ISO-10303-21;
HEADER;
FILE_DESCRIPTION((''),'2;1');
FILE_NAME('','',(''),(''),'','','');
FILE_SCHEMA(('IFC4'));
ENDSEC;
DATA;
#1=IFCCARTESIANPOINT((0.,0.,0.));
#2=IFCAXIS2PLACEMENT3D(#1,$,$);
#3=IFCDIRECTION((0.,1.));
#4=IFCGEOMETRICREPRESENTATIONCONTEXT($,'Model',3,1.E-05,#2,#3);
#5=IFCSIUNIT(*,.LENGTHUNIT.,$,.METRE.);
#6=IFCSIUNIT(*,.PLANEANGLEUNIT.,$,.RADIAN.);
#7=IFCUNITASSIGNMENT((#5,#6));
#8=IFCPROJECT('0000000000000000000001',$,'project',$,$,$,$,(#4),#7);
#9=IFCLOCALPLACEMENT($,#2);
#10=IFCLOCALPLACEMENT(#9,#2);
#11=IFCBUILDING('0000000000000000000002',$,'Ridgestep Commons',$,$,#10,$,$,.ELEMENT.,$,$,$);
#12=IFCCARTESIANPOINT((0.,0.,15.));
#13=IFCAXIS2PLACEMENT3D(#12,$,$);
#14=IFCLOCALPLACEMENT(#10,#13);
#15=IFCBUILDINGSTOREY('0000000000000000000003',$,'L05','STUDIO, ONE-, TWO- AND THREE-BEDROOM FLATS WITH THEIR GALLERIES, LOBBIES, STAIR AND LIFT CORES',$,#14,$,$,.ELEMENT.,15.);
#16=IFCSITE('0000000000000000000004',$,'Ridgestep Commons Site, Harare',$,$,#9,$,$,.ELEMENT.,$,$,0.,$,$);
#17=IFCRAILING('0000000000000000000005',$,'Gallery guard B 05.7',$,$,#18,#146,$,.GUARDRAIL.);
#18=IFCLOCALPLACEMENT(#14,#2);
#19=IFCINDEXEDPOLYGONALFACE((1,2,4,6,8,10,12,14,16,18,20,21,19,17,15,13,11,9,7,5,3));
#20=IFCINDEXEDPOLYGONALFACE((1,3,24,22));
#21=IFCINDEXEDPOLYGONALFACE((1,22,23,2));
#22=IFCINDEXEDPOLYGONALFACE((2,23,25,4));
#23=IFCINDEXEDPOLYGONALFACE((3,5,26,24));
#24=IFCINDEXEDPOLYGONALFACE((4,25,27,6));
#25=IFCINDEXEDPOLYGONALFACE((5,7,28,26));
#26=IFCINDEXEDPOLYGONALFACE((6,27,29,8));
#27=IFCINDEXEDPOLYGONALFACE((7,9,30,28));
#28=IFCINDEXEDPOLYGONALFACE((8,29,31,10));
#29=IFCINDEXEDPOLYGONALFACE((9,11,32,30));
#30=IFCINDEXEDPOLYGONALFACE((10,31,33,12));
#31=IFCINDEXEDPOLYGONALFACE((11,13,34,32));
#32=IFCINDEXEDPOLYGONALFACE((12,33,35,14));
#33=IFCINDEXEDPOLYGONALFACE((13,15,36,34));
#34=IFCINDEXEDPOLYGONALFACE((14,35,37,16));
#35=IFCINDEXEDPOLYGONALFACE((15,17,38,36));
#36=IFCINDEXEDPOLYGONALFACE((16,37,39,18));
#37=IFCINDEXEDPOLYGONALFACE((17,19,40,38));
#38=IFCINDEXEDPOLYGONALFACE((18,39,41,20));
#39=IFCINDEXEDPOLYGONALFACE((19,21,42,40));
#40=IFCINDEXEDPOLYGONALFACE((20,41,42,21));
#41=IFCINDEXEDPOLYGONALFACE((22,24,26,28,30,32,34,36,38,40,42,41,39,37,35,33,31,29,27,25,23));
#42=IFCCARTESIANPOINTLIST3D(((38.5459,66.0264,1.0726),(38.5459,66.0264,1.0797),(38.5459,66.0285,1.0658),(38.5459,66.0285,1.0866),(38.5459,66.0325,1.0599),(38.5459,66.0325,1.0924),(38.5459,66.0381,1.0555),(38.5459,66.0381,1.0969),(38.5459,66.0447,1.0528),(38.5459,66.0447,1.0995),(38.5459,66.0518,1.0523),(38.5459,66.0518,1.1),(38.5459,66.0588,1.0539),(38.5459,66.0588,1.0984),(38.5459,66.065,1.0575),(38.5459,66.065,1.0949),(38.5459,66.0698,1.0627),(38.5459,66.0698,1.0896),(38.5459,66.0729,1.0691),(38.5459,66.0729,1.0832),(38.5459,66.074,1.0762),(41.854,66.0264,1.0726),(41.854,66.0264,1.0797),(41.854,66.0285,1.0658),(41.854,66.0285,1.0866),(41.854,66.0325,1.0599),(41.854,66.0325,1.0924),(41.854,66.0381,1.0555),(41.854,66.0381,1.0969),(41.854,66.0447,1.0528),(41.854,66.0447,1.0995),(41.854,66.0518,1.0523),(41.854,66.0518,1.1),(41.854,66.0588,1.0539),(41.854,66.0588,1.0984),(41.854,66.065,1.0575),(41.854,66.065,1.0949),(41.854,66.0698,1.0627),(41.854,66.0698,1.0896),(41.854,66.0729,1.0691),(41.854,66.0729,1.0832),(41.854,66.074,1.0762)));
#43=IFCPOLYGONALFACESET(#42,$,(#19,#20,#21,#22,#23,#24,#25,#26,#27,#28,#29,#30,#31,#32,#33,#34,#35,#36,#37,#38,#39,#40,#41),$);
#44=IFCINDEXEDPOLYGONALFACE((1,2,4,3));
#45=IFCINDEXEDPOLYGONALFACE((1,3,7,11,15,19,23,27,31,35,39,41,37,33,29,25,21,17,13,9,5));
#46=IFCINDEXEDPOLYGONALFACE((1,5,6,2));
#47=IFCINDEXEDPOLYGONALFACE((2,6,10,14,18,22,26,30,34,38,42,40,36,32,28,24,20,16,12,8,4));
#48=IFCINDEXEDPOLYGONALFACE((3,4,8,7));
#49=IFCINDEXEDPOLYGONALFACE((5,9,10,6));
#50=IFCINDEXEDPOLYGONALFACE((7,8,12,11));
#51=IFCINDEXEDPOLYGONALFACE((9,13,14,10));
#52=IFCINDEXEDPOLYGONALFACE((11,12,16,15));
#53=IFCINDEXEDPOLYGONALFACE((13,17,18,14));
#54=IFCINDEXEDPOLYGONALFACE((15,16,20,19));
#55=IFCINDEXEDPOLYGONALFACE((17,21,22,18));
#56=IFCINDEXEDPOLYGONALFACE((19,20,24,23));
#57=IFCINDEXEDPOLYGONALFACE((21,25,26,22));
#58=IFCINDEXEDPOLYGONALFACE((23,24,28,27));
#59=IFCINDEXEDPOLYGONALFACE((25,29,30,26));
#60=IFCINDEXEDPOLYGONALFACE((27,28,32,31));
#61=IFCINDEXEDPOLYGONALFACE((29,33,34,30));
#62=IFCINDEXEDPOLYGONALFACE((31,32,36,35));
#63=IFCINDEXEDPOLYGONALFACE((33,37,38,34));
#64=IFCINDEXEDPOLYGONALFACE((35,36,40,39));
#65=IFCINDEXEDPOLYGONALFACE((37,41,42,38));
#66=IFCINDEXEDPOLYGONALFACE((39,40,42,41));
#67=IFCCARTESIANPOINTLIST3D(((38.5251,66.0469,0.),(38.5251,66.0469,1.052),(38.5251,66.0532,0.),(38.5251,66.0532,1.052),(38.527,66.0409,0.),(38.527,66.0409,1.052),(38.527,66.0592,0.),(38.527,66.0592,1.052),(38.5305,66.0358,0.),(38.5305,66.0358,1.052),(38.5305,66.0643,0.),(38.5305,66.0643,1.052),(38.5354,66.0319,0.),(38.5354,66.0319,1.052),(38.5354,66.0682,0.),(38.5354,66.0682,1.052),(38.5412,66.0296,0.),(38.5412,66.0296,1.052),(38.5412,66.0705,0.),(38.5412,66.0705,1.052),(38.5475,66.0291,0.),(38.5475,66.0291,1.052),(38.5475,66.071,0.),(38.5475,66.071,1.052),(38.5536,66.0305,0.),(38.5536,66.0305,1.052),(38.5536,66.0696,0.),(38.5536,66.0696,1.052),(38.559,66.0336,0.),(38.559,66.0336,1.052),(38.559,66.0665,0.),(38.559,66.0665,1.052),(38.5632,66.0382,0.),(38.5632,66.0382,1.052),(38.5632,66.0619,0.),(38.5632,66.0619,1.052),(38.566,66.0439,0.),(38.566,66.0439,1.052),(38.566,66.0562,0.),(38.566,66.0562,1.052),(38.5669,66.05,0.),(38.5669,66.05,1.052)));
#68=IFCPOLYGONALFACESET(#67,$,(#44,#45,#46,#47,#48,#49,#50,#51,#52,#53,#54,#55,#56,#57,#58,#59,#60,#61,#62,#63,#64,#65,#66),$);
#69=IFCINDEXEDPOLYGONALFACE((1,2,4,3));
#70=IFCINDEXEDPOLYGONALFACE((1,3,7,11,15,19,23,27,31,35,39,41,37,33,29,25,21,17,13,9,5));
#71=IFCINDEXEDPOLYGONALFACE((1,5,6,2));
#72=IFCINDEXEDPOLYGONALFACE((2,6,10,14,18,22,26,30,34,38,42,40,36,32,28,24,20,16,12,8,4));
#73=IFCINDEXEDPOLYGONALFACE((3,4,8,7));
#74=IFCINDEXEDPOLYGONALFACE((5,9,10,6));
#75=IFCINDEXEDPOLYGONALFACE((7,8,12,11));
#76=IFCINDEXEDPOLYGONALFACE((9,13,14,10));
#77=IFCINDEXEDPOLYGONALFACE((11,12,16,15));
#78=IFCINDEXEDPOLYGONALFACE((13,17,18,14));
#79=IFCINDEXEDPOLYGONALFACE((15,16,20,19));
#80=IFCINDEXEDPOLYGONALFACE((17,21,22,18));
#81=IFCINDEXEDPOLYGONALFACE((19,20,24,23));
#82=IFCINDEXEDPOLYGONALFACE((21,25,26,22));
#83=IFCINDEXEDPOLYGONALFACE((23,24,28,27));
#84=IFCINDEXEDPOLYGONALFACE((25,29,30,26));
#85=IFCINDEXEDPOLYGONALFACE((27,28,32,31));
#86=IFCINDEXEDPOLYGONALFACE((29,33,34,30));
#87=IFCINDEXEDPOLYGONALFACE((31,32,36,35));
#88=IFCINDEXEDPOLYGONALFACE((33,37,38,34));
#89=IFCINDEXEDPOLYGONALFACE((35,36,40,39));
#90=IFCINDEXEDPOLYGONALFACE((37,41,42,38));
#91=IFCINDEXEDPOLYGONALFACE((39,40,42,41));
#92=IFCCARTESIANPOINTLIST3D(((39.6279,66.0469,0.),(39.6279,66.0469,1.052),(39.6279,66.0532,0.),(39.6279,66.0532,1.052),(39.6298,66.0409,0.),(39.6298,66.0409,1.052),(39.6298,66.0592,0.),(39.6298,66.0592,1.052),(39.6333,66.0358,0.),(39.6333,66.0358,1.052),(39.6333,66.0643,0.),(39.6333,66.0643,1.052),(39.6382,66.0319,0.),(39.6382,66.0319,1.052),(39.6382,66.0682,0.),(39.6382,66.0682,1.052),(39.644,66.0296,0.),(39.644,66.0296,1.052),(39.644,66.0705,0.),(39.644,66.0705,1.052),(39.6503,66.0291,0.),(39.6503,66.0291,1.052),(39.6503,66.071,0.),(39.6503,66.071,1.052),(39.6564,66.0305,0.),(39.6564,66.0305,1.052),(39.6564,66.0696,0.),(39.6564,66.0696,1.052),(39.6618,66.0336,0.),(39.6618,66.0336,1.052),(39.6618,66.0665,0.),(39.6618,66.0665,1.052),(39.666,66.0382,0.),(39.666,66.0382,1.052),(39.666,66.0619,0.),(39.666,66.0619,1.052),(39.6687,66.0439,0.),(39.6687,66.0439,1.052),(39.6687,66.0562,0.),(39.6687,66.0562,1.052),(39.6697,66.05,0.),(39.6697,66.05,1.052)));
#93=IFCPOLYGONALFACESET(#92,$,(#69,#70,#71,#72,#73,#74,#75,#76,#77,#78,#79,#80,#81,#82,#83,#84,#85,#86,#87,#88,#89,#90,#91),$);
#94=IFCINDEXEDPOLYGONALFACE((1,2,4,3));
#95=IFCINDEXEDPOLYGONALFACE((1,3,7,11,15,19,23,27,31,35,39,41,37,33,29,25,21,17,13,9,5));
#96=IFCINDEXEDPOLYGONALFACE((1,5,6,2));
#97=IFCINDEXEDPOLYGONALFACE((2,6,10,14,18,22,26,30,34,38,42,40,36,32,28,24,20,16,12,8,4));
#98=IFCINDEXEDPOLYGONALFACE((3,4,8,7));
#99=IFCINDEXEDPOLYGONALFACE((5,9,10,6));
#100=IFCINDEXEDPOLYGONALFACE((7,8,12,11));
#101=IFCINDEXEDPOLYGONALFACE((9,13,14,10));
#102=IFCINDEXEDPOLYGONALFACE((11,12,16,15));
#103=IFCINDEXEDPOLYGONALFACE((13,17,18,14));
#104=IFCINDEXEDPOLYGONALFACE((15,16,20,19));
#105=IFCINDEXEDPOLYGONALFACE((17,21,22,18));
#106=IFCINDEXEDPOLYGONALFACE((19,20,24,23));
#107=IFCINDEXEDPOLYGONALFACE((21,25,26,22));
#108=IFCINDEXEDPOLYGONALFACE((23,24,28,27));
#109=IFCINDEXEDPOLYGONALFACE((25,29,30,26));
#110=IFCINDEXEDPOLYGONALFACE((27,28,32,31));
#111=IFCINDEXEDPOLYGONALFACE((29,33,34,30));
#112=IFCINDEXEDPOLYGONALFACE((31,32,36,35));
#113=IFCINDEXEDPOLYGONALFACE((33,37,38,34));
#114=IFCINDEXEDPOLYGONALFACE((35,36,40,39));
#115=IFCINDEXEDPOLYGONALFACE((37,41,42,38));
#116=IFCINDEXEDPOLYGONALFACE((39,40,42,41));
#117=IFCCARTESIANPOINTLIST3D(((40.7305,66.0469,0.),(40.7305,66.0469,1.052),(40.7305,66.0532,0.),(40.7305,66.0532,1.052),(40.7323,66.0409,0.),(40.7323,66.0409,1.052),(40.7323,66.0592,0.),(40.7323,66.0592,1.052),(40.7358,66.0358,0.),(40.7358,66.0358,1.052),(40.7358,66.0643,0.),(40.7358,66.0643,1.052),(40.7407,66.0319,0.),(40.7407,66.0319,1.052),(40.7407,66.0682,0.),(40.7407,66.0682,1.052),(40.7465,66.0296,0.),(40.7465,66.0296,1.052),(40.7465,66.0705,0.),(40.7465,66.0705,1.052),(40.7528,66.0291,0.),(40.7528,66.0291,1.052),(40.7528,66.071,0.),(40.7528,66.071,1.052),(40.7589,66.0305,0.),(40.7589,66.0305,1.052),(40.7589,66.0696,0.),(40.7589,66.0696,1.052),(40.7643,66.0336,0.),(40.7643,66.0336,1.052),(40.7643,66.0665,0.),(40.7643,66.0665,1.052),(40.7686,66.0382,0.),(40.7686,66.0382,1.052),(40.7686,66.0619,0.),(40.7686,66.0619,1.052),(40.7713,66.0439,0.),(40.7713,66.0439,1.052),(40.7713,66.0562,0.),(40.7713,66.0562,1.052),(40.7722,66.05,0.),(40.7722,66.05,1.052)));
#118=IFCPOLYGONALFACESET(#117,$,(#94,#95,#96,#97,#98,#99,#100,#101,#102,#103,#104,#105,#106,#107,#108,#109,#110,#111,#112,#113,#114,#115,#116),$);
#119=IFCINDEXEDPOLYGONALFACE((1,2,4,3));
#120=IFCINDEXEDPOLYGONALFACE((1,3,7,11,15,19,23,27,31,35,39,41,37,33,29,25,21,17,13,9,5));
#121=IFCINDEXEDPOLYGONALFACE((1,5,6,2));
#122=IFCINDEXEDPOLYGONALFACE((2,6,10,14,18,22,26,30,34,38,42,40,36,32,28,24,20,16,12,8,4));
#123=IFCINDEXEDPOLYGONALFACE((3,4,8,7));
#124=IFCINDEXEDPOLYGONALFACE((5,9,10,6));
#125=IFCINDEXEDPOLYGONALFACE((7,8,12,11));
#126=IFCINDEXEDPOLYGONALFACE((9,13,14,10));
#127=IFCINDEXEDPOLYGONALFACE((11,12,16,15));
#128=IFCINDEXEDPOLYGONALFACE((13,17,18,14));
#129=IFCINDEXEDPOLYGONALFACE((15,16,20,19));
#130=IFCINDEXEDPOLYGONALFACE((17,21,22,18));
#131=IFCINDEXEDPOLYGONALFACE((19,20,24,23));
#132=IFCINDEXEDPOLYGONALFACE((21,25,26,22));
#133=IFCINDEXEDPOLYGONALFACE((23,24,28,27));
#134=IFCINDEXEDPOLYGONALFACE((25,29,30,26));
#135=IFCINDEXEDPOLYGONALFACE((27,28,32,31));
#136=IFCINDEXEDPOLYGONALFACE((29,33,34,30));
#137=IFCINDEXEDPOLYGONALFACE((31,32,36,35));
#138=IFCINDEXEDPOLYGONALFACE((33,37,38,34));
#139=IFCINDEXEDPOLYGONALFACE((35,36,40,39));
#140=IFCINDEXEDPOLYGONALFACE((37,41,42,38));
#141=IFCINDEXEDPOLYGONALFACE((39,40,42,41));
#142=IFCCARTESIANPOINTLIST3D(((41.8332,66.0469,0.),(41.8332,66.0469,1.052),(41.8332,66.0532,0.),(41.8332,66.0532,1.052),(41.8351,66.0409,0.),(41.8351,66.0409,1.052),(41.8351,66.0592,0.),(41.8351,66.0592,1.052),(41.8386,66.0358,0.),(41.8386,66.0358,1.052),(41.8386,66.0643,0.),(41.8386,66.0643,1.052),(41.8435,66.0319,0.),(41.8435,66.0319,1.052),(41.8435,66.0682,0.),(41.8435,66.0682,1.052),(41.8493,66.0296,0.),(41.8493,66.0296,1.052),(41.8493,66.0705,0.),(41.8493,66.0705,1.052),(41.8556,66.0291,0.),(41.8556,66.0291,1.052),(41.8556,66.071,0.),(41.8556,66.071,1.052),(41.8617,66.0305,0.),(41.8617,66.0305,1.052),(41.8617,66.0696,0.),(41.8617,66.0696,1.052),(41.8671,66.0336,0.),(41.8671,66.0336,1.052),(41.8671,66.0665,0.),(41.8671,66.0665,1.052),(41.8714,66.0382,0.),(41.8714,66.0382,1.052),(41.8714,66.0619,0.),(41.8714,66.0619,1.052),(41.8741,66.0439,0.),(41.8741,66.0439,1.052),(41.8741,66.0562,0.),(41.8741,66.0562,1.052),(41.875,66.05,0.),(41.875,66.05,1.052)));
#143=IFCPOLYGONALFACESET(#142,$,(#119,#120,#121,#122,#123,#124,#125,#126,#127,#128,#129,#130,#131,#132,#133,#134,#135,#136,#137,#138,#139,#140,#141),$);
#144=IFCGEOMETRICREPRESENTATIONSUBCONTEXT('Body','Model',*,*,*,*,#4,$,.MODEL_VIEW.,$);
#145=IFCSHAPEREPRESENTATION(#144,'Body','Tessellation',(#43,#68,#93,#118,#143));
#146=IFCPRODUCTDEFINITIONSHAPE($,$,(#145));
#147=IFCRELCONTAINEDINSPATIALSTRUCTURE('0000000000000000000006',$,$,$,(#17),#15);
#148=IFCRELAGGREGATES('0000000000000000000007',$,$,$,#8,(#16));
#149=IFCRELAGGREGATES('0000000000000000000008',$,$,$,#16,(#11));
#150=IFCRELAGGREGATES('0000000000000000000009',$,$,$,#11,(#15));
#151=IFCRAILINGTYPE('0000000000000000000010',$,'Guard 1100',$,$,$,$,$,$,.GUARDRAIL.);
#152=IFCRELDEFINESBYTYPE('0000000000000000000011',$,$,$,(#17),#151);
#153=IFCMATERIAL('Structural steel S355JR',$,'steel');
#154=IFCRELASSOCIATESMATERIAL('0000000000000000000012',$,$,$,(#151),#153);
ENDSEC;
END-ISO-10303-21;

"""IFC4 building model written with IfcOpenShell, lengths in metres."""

from ifc_helpers import new_model, si_unit, direction, frame, origin, origin_2d, place, context, subcontext, project, spatial, circle, extrude, material, type_object, element, save


model = new_model("IFC4")

# Units and contexts
model_context = context("Model", 3, precision=1e-05, world=origin(), true_north=direction((0.0, 1.0)))
body_context = subcontext(model_context, "Body", "Model", "MODEL_VIEW")
ifc_project = project(units=[si_unit("LENGTHUNIT", "METRE"), si_unit("PLANEANGLEUNIT", "RADIAN")], contexts=[model_context])

# Site, building, storey
site_placement = place(None, origin())
site = spatial("IfcSite", under=ifc_project, at=site_placement, Name="Ridgestep Commons Site, Harare", CompositionType="ELEMENT", RefElevation=0.0)
building_placement = place(site_placement, origin())
building = spatial("IfcBuilding", under=site, at=building_placement, Name="Ridgestep Commons", CompositionType="ELEMENT")
storey_placement = place(building_placement, frame((0.0, 0.0, 15.0)))
storey = spatial("IfcBuildingStorey", under=building, at=storey_placement, Name="L05", Description="STUDIO, ONE-, TWO- AND THREE-BEDROOM FLATS WITH THEIR GALLERIES, LOBBIES, STAIR AND LIFT CORES", CompositionType="ELEMENT", Elevation=15.0)

# Railing
ifc_material_1 = material(Name="Structural steel S355JR", Category="steel")
railing_type = type_object("IfcRailingType", Name="Guard 1100", PredefinedType="GUARDRAIL", material=ifc_material_1)
railing_1_placement = place(storey_placement, frame((38.5459, 66.05, 0.0)))
element("IfcRailing", 1, at=railing_1_placement, inside=storey, type_object=railing_type, Name="Gallery guard B 05.7", PredefinedType="GUARDRAIL", context=body_context, shape_type="SweptSolid", body=[
    extrude(circle(Radius=0.0239, at=origin_2d()), frame((0.0, 0.0, 1.0762), z_axis=(1.0, 0.0, 0.0), x_axis=(0.0, 1.0, 0.0)), (0.0, 0.0, 1.0), 3.3081),
    extrude(circle(Radius=0.021, at=origin_2d()), origin(), (0.0, 0.0, 1.0), 1.052),
    extrude(circle(Radius=0.021, at=origin_2d()), frame((1.1028, 0.0, 0.0)), (0.0, 0.0, 1.0), 1.052),
    extrude(circle(Radius=0.021, at=origin_2d()), frame((2.2053, 0.0, 0.0)), (0.0, 0.0, 1.0), 1.052),
    extrude(circle(Radius=0.021, at=origin_2d()), frame((3.3081, 0.0, 0.0)), (0.0, 0.0, 1.0), 1.052),
])

save(model, "model.ifc")
